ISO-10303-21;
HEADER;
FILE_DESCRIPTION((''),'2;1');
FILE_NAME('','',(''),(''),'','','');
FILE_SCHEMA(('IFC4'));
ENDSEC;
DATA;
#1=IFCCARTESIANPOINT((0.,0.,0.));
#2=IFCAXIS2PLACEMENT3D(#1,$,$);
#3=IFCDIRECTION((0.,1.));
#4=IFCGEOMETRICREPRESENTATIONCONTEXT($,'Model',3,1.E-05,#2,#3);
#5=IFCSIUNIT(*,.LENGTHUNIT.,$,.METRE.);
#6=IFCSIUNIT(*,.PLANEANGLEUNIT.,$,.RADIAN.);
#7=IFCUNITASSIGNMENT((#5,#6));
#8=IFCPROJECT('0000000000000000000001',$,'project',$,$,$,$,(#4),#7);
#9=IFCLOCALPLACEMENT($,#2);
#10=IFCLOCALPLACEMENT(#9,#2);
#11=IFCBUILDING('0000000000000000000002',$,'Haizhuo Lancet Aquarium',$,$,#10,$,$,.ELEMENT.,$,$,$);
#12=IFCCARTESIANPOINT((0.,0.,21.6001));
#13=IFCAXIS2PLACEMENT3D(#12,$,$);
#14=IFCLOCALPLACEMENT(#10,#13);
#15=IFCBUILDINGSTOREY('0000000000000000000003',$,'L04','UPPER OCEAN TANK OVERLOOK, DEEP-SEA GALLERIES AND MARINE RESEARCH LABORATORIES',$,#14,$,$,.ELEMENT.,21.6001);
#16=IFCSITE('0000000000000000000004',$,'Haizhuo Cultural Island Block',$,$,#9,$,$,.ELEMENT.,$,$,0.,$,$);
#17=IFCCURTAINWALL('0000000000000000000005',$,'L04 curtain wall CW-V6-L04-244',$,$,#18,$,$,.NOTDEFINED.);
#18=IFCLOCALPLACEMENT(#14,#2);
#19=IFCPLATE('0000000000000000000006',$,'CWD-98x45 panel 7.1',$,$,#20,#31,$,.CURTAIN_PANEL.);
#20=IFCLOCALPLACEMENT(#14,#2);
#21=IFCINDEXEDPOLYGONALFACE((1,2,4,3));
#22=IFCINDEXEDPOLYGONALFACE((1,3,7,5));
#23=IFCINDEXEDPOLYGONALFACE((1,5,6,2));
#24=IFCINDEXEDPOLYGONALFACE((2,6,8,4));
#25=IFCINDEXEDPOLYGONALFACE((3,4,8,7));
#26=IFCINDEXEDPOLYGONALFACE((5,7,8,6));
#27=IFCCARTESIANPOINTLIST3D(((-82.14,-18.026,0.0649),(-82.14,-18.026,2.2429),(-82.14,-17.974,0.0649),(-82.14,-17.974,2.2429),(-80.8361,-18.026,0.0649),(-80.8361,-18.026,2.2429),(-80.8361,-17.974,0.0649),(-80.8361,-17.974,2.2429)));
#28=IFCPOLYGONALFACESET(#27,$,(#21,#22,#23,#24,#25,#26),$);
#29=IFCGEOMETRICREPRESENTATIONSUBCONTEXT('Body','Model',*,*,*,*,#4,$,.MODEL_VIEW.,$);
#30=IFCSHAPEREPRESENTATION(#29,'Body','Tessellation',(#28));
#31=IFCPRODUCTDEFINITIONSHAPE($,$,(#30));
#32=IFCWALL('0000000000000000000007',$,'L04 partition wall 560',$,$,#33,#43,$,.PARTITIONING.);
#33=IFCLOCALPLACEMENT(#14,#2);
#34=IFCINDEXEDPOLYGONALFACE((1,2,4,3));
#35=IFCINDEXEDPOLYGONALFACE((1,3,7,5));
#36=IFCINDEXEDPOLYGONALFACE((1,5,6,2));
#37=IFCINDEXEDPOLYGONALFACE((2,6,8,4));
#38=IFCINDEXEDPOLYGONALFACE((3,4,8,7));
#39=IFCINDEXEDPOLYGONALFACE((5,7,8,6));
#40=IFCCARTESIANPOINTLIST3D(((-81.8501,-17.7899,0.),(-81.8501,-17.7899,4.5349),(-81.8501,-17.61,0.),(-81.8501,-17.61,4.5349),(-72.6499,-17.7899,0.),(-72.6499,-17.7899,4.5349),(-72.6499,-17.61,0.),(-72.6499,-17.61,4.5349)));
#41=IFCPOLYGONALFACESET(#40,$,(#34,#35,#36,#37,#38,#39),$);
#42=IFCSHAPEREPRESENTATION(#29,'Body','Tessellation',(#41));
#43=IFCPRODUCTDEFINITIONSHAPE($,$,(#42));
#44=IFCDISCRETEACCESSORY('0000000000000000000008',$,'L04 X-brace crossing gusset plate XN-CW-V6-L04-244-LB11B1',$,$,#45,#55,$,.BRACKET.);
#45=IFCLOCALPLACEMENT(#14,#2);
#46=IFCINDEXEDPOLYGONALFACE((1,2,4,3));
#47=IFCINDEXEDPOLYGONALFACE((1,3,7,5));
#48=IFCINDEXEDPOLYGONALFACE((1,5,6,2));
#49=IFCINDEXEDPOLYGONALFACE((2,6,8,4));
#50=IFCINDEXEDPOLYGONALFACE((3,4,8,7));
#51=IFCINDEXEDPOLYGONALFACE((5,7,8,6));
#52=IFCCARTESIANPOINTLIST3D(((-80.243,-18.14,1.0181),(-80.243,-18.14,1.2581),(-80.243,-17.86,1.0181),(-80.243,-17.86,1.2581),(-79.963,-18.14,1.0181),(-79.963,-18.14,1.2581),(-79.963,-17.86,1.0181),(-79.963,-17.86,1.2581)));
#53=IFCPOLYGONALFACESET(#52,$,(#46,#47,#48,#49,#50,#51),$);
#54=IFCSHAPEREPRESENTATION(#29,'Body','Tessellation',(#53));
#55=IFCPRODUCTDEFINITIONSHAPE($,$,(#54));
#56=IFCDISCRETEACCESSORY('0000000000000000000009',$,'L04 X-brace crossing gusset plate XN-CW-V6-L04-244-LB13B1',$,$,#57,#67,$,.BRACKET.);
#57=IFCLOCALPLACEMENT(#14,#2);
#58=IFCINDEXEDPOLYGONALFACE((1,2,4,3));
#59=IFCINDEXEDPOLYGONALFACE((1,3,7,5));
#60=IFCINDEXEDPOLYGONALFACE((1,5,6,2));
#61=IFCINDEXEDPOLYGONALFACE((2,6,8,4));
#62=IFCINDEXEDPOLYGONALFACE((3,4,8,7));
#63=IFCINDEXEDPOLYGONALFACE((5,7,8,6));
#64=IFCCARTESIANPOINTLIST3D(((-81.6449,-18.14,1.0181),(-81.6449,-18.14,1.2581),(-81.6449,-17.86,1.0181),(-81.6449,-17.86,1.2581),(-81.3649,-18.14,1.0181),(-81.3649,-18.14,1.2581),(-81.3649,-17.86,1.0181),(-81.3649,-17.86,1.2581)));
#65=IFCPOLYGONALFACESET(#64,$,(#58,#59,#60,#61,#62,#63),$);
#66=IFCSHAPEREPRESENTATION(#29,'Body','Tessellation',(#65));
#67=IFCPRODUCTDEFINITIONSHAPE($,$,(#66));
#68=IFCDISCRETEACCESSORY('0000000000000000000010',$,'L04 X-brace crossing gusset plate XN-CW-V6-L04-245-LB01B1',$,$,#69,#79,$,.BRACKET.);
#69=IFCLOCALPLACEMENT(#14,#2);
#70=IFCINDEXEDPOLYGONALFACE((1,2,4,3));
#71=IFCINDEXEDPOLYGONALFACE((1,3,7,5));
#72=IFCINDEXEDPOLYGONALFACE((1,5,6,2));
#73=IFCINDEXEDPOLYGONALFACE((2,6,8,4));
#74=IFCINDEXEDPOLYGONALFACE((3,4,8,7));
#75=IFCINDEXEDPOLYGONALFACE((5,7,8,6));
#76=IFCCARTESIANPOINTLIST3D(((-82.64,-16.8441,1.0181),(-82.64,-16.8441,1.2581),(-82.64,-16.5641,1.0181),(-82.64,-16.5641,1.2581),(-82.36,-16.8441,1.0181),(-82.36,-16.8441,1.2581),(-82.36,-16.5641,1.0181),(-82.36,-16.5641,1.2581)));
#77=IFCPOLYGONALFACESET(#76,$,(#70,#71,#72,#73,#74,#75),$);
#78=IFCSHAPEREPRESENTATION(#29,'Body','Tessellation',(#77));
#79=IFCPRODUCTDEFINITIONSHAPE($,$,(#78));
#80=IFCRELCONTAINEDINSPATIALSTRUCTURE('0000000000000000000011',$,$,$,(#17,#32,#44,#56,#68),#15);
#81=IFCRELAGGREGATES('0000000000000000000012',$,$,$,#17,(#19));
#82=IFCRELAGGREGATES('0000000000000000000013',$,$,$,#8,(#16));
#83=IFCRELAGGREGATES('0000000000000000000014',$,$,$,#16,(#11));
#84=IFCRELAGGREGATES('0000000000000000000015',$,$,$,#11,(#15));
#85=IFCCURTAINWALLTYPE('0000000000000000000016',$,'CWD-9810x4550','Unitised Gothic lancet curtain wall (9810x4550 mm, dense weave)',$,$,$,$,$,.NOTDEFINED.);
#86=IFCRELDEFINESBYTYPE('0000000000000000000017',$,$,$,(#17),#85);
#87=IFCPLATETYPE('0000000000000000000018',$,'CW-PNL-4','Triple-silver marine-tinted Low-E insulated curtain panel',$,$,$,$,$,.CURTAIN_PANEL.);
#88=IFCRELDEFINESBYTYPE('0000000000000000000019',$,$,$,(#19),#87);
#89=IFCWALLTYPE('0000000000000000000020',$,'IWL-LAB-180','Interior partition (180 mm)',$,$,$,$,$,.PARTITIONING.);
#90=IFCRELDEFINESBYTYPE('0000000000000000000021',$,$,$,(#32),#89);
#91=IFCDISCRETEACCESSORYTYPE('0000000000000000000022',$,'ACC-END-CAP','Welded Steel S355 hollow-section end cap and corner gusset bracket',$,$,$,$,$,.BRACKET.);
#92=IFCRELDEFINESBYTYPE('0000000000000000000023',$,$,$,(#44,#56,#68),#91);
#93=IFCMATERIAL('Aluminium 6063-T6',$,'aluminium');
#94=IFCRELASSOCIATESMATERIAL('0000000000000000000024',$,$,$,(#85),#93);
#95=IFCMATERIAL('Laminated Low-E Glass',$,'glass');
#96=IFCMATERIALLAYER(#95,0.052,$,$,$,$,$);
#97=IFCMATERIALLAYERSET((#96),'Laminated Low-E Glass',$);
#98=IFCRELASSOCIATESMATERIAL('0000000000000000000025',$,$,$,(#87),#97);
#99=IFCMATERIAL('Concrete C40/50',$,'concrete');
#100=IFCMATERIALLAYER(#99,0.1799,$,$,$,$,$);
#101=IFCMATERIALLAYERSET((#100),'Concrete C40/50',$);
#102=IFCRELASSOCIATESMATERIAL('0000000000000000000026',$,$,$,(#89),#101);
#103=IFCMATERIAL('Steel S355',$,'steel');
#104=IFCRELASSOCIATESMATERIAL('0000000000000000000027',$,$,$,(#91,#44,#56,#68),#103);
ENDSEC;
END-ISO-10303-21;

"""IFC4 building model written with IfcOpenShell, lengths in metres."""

from ifc_helpers import new_model, si_unit, direction, frame, frame_2d, origin, origin_2d, place, context, subcontext, project, spatial, rectangle, extrude, material, layer, layer_set, type_object, element, aggregate, save


model = new_model("IFC4")

# Units and contexts
model_context = context("Model", 3, precision=1e-05, world=origin(), true_north=direction((0.0, 1.0)))
body_context = subcontext(model_context, "Body", "Model", "MODEL_VIEW")
ifc_project = project(units=[si_unit("LENGTHUNIT", "METRE"), si_unit("PLANEANGLEUNIT", "RADIAN")], contexts=[model_context])

# Site, building, storey
site_placement = place(None, origin())
site = spatial("IfcSite", under=ifc_project, at=site_placement, Name="Haizhuo Cultural Island Block", CompositionType="ELEMENT", RefElevation=0.0)
building_placement = place(site_placement, origin())
building = spatial("IfcBuilding", under=site, at=building_placement, Name="Haizhuo Lancet Aquarium", CompositionType="ELEMENT")
storey_placement = place(building_placement, frame((0.0, 0.0, 21.6001)))
storey = spatial("IfcBuildingStorey", under=building, at=storey_placement, Name="L04", Description="UPPER OCEAN TANK OVERLOOK, DEEP-SEA GALLERIES AND MARINE RESEARCH LABORATORIES", CompositionType="ELEMENT", Elevation=21.6001)

# Curtain wall
ifc_material_1 = material(Name="Aluminium 6063-T6", Category="aluminium")
curtain_wall_type_1 = type_object("IfcCurtainWallType", Name="CWD-9810x4550", Description="Unitised Gothic lancet curtain wall (9810x4550 mm, dense weave)", PredefinedType="NOTDEFINED", material=ifc_material_1)
curtain_wall_1_placement = place(storey_placement, origin())
curtain_wall_1 = element("IfcCurtainWall", 1, at=curtain_wall_1_placement, inside=storey, type_object=curtain_wall_type_1, Name="L04 curtain wall CW-V6-L04-244", PredefinedType="NOTDEFINED")

# Shared definitions
ifc_material_2 = material(Name="Steel S355", Category="steel")

# Plate
ifc_material_3 = material(Name="Laminated Low-E Glass", Category="glass")
ifc_layer_1 = layer(ifc_material_3, 0.052)
ifc_layer_set_1 = layer_set([ifc_layer_1], Name="Laminated Low-E Glass")
plate_type_1 = type_object("IfcPlateType", Name="CW-PNL-4", Description="Triple-silver marine-tinted Low-E insulated curtain panel", PredefinedType="CURTAIN_PANEL", material=ifc_layer_set_1)
plate_1_placement = place(storey_placement, frame((-81.488, -18.0, 0.0649), z_axis=(0.0, 0.0, 1.0), x_axis=(-1.0, 0.0, 0.0)))
plate_1 = element("IfcPlate", 2, at=plate_1_placement, type_object=plate_type_1, Name="CWD-98x45 panel 7.1", PredefinedType="CURTAIN_PANEL", context=body_context, shape_type="SweptSolid", body=[
    extrude(rectangle(XDim=1.304, YDim=0.052, at=origin_2d()), origin(), (0.0, 0.0, 1.0), 2.178),
])
aggregate(curtain_wall_1, [plate_1])

# Wall
ifc_material_4 = material(Name="Concrete C40/50", Category="concrete")
ifc_layer_2 = layer(ifc_material_4, 0.1799)
ifc_layer_set_2 = layer_set([ifc_layer_2], Name="Concrete C40/50")
wall_type = type_object("IfcWallType", Name="IWL-LAB-180", Description="Interior partition (180 mm)", PredefinedType="PARTITIONING", material=ifc_layer_set_2)
wall_placement = place(storey_placement, frame((-81.8501, -17.7, 0.0), z_axis=(0.0, 0.0, 1.0), x_axis=(1.0, 0.0, 0.0)))
element("IfcWall", 3, at=wall_placement, inside=storey, type_object=wall_type, Name="L04 partition wall 560", PredefinedType="PARTITIONING", context=body_context, shape_type="SweptSolid", body=[
    extrude(rectangle(XDim=9.2002, YDim=0.1799, at=frame_2d((4.6001, 0.0))), origin(), (0.0, 0.0, 1.0), 4.5349),
])

# Discrete accessories
discrete_accessory_type = type_object("IfcDiscreteAccessoryType", Name="ACC-END-CAP", Description="Welded Steel S355 hollow-section end cap and corner gusset bracket", PredefinedType="BRACKET", material=ifc_material_2)
for number, where, z_axis, x_axis, name in (
    (4, (-80.103, -18.0, 1.0181), (0.0, 0.0, 1.0), (1.0, 0.0, 0.0), "L04 X-brace crossing gusset plate XN-CW-V6-L04-244-LB11B1"),
    (5, (-81.5049, -18.0, 1.0181), (0.0, 0.0, 1.0), (1.0, 0.0, 0.0), "L04 X-brace crossing gusset plate XN-CW-V6-L04-244-LB13B1"),
    (6, (-82.5, -16.7041, 1.0181), (0.0, 0.0, 1.0), (1.0, 0.0, 0.0), "L04 X-brace crossing gusset plate XN-CW-V6-L04-245-LB01B1"),
):
    element("IfcDiscreteAccessory", number, at=place(storey_placement, frame(where, z_axis=z_axis, x_axis=x_axis)), inside=storey, type_object=discrete_accessory_type, material=ifc_material_2, Name=name, PredefinedType="BRACKET", context=body_context, shape_type="SweptSolid", body=[
        extrude(rectangle(XDim=0.28, YDim=0.28, at=origin_2d()), origin(), (0.0, 0.0, 1.0), 0.24),
    ])

save(model, "model.ifc")
